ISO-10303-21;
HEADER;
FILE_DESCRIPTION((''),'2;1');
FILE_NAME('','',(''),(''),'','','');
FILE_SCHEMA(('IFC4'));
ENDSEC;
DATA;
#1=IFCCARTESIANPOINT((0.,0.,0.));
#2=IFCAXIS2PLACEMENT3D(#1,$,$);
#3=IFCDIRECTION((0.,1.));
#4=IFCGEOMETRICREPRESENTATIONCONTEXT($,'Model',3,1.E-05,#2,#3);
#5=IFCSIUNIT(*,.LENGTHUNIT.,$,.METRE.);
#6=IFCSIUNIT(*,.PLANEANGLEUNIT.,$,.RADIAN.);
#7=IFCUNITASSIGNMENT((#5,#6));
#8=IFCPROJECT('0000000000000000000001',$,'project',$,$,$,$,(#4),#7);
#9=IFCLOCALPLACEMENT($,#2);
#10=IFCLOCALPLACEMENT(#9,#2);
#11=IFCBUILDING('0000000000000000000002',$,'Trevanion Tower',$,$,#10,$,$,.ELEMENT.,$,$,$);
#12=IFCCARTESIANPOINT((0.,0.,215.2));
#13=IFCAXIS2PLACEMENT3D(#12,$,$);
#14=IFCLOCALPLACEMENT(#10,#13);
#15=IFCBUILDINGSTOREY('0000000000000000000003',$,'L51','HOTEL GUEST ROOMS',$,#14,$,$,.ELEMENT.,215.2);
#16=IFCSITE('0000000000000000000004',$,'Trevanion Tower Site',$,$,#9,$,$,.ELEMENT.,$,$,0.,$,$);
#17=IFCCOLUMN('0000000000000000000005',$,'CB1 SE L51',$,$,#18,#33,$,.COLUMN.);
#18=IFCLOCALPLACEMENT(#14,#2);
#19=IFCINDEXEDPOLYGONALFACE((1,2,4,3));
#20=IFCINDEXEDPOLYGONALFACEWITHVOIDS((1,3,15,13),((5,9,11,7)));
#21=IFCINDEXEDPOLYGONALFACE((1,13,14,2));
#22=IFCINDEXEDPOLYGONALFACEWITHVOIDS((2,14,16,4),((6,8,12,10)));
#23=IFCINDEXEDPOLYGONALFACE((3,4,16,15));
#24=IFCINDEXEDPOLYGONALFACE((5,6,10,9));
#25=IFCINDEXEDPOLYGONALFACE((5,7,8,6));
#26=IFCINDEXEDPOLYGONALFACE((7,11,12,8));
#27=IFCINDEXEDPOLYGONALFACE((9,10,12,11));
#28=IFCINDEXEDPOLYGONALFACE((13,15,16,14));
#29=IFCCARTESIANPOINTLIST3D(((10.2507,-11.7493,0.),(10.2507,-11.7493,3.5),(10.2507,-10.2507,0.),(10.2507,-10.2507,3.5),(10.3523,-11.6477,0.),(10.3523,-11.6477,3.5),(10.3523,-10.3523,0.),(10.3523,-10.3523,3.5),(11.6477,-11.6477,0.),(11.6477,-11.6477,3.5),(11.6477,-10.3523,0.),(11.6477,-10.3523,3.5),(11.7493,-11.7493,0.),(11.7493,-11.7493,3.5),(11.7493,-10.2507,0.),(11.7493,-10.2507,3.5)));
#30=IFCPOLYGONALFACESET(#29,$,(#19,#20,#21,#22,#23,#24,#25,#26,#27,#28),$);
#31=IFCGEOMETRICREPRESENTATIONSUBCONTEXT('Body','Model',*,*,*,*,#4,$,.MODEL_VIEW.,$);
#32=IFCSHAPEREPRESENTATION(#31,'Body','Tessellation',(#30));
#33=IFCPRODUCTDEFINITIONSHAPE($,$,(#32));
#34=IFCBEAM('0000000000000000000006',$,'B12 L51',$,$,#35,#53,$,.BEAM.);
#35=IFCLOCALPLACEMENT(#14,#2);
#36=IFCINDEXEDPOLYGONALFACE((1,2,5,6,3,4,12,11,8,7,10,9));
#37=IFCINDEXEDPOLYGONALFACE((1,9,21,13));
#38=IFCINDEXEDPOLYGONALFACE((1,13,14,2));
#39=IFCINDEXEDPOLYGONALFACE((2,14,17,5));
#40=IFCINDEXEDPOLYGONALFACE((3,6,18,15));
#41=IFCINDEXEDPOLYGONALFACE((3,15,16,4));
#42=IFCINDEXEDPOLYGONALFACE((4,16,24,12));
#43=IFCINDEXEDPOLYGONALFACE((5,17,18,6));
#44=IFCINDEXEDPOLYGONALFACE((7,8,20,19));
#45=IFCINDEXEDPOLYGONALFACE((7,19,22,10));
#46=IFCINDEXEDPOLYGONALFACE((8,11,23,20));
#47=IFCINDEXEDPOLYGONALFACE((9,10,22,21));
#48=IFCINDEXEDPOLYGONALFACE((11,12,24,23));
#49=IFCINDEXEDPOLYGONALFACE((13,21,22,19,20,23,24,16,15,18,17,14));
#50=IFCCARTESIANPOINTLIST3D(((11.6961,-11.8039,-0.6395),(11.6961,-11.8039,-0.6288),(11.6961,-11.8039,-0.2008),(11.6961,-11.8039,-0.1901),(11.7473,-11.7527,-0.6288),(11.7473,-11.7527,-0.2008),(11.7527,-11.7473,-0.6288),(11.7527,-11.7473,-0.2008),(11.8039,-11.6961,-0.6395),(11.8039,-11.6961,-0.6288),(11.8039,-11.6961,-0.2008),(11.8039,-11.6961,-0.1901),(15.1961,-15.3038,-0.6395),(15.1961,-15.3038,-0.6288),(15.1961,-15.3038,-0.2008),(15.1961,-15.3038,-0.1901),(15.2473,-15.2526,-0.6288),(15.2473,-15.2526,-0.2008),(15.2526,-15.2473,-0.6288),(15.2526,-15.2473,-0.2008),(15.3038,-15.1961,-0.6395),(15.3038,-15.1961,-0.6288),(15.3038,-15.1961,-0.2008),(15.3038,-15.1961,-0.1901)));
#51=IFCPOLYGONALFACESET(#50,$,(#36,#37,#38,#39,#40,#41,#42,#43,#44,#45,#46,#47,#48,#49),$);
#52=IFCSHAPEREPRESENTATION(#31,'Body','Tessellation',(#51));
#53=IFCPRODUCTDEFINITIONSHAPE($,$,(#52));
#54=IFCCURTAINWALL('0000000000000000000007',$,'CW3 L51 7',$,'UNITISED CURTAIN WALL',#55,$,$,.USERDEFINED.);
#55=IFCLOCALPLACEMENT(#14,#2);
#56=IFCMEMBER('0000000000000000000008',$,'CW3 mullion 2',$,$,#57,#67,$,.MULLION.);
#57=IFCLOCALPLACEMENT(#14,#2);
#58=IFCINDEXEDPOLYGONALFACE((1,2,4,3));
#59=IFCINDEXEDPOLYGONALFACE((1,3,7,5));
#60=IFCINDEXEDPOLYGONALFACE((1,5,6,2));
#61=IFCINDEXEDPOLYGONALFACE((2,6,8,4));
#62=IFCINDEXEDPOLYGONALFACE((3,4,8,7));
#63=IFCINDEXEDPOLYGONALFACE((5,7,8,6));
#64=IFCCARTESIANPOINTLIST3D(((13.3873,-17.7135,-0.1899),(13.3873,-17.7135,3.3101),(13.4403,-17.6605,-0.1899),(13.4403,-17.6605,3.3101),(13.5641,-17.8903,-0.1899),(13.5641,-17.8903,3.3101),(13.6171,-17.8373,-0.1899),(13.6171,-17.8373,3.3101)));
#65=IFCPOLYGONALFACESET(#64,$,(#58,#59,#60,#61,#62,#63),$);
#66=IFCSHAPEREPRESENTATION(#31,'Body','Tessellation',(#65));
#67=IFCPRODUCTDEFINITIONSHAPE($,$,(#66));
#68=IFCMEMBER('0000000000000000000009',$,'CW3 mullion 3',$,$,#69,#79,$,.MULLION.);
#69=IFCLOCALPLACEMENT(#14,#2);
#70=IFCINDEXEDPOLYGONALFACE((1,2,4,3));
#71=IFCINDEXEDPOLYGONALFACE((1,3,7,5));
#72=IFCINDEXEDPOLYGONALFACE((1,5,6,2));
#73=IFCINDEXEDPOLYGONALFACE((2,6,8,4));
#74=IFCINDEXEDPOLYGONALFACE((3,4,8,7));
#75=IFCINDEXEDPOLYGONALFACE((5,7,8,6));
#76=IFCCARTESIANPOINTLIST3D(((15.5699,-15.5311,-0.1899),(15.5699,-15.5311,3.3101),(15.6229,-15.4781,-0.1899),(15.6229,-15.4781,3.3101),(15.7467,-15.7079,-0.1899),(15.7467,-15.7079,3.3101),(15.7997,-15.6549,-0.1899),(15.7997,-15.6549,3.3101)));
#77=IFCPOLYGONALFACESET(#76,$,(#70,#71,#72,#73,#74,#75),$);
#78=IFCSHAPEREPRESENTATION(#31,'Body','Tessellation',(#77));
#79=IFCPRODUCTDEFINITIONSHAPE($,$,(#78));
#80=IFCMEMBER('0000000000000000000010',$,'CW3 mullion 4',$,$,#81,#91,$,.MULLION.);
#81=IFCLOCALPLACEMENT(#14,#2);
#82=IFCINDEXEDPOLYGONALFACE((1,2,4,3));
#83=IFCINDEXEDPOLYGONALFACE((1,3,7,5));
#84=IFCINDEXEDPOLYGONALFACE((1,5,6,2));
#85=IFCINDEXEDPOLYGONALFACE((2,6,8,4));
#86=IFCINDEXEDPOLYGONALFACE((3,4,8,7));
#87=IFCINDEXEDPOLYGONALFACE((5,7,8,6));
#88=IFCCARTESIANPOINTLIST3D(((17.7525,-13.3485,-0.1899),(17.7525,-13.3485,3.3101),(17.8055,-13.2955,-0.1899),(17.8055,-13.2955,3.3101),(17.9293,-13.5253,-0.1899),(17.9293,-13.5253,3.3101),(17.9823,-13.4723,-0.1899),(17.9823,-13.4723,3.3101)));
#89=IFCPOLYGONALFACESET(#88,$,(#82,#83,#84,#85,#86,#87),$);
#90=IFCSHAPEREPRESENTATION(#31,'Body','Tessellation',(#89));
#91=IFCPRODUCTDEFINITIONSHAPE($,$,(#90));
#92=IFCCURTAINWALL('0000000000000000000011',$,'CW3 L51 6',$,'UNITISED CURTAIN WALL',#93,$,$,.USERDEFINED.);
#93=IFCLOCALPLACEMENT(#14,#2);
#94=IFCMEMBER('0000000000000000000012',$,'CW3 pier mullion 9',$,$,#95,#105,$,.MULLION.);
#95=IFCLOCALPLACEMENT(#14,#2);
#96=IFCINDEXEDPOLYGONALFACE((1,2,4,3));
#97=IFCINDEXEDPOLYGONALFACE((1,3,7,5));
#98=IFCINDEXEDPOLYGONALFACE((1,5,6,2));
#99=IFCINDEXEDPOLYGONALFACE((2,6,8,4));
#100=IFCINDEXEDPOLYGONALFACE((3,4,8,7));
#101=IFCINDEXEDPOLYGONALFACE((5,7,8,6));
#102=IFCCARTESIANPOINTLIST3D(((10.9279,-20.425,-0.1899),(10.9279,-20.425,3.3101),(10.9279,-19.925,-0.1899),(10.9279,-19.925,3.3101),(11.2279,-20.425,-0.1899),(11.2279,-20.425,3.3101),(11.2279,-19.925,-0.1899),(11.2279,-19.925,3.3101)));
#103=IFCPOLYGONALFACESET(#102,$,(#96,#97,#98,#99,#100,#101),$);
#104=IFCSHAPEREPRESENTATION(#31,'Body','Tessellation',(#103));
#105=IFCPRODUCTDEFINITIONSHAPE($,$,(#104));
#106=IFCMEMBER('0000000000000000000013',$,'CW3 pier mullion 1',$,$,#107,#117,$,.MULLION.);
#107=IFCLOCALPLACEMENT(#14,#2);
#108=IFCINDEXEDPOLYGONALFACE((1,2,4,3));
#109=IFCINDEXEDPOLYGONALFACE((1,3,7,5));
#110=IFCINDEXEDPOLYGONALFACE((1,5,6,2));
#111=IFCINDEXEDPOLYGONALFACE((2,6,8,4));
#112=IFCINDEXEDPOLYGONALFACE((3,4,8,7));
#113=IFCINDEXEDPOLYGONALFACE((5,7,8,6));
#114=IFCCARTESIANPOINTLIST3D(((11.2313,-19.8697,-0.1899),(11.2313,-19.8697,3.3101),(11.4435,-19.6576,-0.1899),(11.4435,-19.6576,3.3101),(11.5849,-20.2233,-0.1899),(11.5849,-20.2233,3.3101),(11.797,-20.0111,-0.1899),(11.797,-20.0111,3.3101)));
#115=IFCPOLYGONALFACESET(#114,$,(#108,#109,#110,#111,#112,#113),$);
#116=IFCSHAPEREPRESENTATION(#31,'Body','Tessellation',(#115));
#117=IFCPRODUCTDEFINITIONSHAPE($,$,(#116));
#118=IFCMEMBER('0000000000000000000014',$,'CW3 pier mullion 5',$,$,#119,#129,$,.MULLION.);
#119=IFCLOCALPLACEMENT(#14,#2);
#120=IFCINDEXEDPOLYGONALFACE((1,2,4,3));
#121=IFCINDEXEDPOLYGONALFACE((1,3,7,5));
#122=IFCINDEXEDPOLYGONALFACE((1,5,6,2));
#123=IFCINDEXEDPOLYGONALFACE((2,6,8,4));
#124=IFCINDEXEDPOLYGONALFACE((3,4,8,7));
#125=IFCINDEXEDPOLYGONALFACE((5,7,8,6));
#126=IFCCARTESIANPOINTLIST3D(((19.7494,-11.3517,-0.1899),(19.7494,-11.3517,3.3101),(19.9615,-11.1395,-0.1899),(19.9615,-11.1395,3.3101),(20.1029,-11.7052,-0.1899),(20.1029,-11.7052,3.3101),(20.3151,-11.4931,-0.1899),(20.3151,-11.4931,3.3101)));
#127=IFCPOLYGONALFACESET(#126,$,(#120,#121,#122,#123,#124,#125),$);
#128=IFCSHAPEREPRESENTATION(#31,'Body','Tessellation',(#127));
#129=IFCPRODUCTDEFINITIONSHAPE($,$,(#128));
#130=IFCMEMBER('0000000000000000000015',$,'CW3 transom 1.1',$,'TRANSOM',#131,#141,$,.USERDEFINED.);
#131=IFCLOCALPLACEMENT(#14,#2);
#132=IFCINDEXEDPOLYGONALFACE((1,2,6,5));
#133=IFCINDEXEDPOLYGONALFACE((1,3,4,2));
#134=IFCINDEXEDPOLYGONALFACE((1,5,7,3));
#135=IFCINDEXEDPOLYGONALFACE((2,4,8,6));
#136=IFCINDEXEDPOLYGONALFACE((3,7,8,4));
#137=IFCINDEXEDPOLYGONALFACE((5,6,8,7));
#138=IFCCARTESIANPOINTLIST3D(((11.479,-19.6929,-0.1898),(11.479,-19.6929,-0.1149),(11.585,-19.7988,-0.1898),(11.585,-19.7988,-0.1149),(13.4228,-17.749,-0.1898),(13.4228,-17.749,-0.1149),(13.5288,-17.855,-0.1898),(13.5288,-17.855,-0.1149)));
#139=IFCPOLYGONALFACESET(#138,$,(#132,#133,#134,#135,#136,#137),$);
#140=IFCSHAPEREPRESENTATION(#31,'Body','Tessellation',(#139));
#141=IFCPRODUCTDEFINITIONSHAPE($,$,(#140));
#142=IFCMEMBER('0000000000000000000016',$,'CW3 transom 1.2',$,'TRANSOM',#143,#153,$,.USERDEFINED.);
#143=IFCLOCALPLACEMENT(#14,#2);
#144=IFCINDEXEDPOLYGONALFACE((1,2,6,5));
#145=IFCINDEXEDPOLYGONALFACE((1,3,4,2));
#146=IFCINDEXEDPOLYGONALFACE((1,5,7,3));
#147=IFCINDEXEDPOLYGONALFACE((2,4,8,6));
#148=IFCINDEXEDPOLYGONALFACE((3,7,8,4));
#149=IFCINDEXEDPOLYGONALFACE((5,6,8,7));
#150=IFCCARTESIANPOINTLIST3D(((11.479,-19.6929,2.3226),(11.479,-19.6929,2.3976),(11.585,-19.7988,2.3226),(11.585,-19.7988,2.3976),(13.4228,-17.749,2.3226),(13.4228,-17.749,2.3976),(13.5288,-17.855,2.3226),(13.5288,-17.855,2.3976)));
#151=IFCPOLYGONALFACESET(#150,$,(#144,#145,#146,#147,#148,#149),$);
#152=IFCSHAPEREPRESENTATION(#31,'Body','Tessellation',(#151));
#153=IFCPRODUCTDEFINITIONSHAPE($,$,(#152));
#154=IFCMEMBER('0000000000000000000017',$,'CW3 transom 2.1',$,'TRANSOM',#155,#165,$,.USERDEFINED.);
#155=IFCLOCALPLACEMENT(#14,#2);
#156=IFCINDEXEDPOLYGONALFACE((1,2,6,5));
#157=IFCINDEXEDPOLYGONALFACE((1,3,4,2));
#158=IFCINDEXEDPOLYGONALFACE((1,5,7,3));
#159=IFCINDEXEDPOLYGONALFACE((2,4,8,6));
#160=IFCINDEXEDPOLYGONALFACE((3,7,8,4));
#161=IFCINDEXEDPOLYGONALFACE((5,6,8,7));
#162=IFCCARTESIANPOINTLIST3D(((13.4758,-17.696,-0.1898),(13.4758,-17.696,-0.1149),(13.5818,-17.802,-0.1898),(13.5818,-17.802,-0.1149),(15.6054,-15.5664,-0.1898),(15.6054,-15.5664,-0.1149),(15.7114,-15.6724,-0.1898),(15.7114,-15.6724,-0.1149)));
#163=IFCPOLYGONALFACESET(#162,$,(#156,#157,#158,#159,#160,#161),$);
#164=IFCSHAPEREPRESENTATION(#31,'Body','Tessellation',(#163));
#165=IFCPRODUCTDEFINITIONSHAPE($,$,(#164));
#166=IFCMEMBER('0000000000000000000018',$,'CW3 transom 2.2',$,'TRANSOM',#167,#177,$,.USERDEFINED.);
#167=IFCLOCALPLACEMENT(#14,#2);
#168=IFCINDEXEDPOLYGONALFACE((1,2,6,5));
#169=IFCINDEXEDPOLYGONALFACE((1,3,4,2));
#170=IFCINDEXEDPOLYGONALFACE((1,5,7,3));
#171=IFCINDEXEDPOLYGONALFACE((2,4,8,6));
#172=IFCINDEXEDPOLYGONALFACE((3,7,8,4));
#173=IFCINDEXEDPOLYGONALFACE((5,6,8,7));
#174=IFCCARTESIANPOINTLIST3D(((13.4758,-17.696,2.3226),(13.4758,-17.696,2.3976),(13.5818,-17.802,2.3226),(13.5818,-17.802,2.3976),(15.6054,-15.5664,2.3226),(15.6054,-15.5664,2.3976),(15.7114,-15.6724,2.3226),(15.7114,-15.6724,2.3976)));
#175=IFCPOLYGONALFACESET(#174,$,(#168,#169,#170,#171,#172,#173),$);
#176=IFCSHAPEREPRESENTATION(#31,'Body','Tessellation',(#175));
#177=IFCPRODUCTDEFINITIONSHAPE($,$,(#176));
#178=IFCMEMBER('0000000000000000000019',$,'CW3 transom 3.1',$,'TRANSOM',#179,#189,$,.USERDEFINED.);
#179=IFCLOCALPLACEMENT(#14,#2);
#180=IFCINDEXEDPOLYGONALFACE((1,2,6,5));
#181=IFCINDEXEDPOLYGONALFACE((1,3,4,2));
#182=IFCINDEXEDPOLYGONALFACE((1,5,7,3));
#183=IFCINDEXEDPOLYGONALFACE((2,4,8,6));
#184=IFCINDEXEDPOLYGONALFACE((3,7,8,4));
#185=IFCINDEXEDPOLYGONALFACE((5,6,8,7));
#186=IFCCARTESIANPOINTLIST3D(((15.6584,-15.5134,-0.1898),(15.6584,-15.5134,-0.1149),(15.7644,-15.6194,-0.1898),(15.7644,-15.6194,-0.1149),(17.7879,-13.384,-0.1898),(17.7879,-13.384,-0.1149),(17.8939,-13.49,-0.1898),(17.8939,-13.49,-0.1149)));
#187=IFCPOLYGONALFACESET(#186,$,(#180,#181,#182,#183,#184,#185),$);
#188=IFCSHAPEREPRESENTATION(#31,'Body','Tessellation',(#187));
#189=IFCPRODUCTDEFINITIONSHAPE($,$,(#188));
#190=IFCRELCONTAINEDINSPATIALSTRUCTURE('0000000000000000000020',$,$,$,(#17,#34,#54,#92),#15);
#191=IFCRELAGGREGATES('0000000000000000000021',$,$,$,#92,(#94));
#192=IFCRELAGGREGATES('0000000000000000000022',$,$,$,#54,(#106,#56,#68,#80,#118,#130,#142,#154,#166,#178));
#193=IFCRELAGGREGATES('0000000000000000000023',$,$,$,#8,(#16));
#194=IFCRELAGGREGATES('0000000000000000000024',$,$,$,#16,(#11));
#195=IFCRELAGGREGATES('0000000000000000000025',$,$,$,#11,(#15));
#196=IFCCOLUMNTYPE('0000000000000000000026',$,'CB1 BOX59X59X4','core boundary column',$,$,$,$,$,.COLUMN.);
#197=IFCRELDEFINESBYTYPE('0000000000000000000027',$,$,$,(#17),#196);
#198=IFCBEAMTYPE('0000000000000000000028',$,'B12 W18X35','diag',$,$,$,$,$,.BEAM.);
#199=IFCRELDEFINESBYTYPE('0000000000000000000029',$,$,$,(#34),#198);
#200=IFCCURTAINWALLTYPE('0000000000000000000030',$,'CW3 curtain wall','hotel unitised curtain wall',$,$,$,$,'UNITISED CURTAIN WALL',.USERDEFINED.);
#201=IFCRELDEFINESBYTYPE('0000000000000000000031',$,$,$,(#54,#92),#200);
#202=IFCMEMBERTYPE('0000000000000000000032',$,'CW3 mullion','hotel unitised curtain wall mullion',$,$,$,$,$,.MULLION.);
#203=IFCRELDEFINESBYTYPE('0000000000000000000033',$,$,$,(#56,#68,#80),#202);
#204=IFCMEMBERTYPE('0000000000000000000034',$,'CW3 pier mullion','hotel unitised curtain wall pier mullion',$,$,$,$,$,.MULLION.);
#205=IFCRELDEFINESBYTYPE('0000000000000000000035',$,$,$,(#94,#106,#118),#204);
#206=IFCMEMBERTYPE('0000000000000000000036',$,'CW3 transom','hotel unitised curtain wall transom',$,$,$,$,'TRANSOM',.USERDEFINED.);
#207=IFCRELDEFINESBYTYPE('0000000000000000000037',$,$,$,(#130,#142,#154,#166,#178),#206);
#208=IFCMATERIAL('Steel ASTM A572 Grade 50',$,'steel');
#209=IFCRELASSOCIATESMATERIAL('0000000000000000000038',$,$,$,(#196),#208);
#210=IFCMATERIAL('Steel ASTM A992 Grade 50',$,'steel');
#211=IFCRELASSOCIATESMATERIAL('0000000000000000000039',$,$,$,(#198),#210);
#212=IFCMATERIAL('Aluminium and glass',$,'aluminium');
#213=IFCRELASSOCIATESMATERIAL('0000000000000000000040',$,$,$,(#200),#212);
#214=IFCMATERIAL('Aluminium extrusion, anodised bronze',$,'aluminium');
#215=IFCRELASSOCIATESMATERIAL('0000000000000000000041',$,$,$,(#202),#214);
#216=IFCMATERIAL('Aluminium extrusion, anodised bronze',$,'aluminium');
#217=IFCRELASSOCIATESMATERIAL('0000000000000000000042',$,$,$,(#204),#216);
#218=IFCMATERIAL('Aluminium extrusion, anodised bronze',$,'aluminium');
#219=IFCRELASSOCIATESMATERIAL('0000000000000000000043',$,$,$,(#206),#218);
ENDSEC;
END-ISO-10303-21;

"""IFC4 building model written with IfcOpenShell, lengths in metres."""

from ifc_helpers import new_model, si_unit, direction, frame, origin, origin_2d, place, context, subcontext, project, spatial, rectangle, hollow_rectangle, i_section, extrude, material, material_profile, profile_set, type_object, element, aggregate, save


model = new_model("IFC4")

# Units and contexts
model_context = context("Model", 3, precision=1e-05, world=origin(), true_north=direction((0.0, 1.0)))
body_context = subcontext(model_context, "Body", "Model", "MODEL_VIEW")
ifc_project = project(units=[si_unit("LENGTHUNIT", "METRE"), si_unit("PLANEANGLEUNIT", "RADIAN")], contexts=[model_context])

# Site, building, storey
site_placement = place(None, origin())
site = spatial("IfcSite", under=ifc_project, at=site_placement, Name="Trevanion Tower Site", CompositionType="ELEMENT", RefElevation=0.0)
building_placement = place(site_placement, origin())
building = spatial("IfcBuilding", under=site, at=building_placement, Name="Trevanion Tower", CompositionType="ELEMENT")
storey_placement = place(building_placement, frame((0.0, 0.0, 215.2)))
storey = spatial("IfcBuildingStorey", under=building, at=storey_placement, Name="L51", Description="HOTEL GUEST ROOMS", CompositionType="ELEMENT", Elevation=215.2)

# Column
ifc_material_1 = material(Name="Steel ASTM A572 Grade 50", Category="steel")
ifc_material_profile_1 = material_profile(ifc_material_1, hollow_rectangle(XDim=1.4985, YDim=1.4985, WallThickness=0.1016, at=origin_2d()), Name="BOX59X59X4")
ifc_profile_set_1 = profile_set([ifc_material_profile_1], Name="Steel ASTM A572 Grade 50")
column_type = type_object("IfcColumnType", Name="CB1 BOX59X59X4", Description="core boundary column", PredefinedType="COLUMN", material=ifc_profile_set_1)
column_placement = place(storey_placement, frame((11.0, -11.0, 0.0), z_axis=(0.0, 0.0, 1.0), x_axis=(1.0, 0.0, 0.0)))
element("IfcColumn", 1, at=column_placement, inside=storey, type_object=column_type, Name="CB1 SE L51", PredefinedType="COLUMN", context=body_context, shape_type="SweptSolid", body=[
    extrude(hollow_rectangle(XDim=1.4985, YDim=1.4985, WallThickness=0.1016, at=origin_2d()), origin(), (0.0, 0.0, 1.0), 3.5),
])

# Beam
ifc_material_2 = material(Name="Steel ASTM A992 Grade 50", Category="steel")
ifc_material_profile_2 = material_profile(ifc_material_2, i_section(OverallWidth=0.1523, OverallDepth=0.4495, WebThickness=0.0076, FlangeThickness=0.0107, at=origin_2d()), Name="W18X35")
ifc_profile_set_2 = profile_set([ifc_material_profile_2], Name="Steel ASTM A992 Grade 50")
beam_type_1 = type_object("IfcBeamType", Name="B12 W18X35", Description="diag", PredefinedType="BEAM", material=ifc_profile_set_2)
beam_1_placement = place(storey_placement, frame((11.75, -11.75, -0.4148), z_axis=(0.707107, -0.707107, 0.0), x_axis=(0.707107, 0.707107, 0.0)))
element("IfcBeam", 2, at=beam_1_placement, inside=storey, type_object=beam_type_1, Name="B12 L51", PredefinedType="BEAM", context=body_context, shape_type="SweptSolid", body=[
    extrude(i_section(OverallWidth=0.1523, OverallDepth=0.4495, WebThickness=0.0076, FlangeThickness=0.0107, at=origin_2d()), origin(), (0.0, 0.0, 1.0), 4.9497),
])

# Curtain wall, members
ifc_material_3 = material(Name="Aluminium and glass", Category="aluminium")
curtain_wall_type = type_object("IfcCurtainWallType", Name="CW3 curtain wall", Description="hotel unitised curtain wall", ElementType="UNITISED CURTAIN WALL", PredefinedType="USERDEFINED", material=ifc_material_3)
curtain_wall_1_placement = place(storey_placement, origin())
curtain_wall_1 = element("IfcCurtainWall", 3, at=curtain_wall_1_placement, inside=storey, type_object=curtain_wall_type, Name="CW3 L51 7", ObjectType="UNITISED CURTAIN WALL", PredefinedType="USERDEFINED")
ifc_material_4 = material(Name="Aluminium extrusion, anodised bronze", Category="aluminium")
ifc_material_profile_3 = material_profile(ifc_material_4, rectangle(XDim=0.075, YDim=0.25, at=origin_2d()), Name="CW3 mullion")
ifc_profile_set_3 = profile_set([ifc_material_profile_3], Name="Aluminium extrusion, anodised bronze")
member_type_1 = type_object("IfcMemberType", Name="CW3 mullion", Description="hotel unitised curtain wall mullion", PredefinedType="MULLION", material=ifc_profile_set_3)
member_1_placement = place(storey_placement, frame((13.5022, -17.7754, -0.1899), z_axis=(0.0, 0.0, 1.0), x_axis=(0.707107, 0.707107, 0.0)))
member_1 = element("IfcMember", 4, at=member_1_placement, type_object=member_type_1, Name="CW3 mullion 2", PredefinedType="MULLION", context=body_context, shape_type="SweptSolid", body=[
    extrude(rectangle(XDim=0.075, YDim=0.25, at=origin_2d()), origin(), (0.0, 0.0, 1.0), 3.5),
])
member_2_placement = place(storey_placement, frame((15.6848, -15.593, -0.1899), z_axis=(0.0, 0.0, 1.0), x_axis=(0.707107, 0.707107, 0.0)))
member_2 = element("IfcMember", 5, at=member_2_placement, type_object=member_type_1, Name="CW3 mullion 3", PredefinedType="MULLION", context=body_context, shape_type="SweptSolid", body=[
    extrude(rectangle(XDim=0.075, YDim=0.25, at=origin_2d()), origin(), (0.0, 0.0, 1.0), 3.5),
])
member_3_placement = place(storey_placement, frame((17.8674, -13.4104, -0.1899), z_axis=(0.0, 0.0, 1.0), x_axis=(0.707107, 0.707107, 0.0)))
member_3 = element("IfcMember", 6, at=member_3_placement, type_object=member_type_1, Name="CW3 mullion 4", PredefinedType="MULLION", context=body_context, shape_type="SweptSolid", body=[
    extrude(rectangle(XDim=0.075, YDim=0.25, at=origin_2d()), origin(), (0.0, 0.0, 1.0), 3.5),
])

# Curtain wall, member
curtain_wall_2_placement = place(storey_placement, origin())
curtain_wall_2 = element("IfcCurtainWall", 7, at=curtain_wall_2_placement, inside=storey, type_object=curtain_wall_type, Name="CW3 L51 6", ObjectType="UNITISED CURTAIN WALL", PredefinedType="USERDEFINED")
ifc_material_5 = material(Name="Aluminium extrusion, anodised bronze", Category="aluminium")
ifc_material_profile_4 = material_profile(ifc_material_5, rectangle(XDim=0.3, YDim=0.5, at=origin_2d()), Name="CW3 pier mullion")
ifc_profile_set_4 = profile_set([ifc_material_profile_4], Name="Aluminium extrusion, anodised bronze")
member_type_2 = type_object("IfcMemberType", Name="CW3 pier mullion", Description="hotel unitised curtain wall pier mullion", PredefinedType="MULLION", material=ifc_profile_set_4)
member_4_placement = place(storey_placement, frame((11.0779, -20.175, -0.1899), z_axis=(0.0, 0.0, 1.0), x_axis=(1.0, 0.0, 0.0)))
member_4 = element("IfcMember", 8, at=member_4_placement, type_object=member_type_2, Name="CW3 pier mullion 9", PredefinedType="MULLION", context=body_context, shape_type="SweptSolid", body=[
    extrude(rectangle(XDim=0.3, YDim=0.5, at=origin_2d()), origin(), (0.0, 0.0, 1.0), 3.5),
])
aggregate(curtain_wall_2, [member_4])

# Members
member_5_placement = place(storey_placement, frame((11.5142, -19.9404, -0.1899), z_axis=(0.0, 0.0, 1.0), x_axis=(0.707107, 0.707107, 0.0)))
member_5 = element("IfcMember", 9, at=member_5_placement, type_object=member_type_2, Name="CW3 pier mullion 1", PredefinedType="MULLION", context=body_context, shape_type="SweptSolid", body=[
    extrude(rectangle(XDim=0.3, YDim=0.5, at=origin_2d()), origin(), (0.0, 0.0, 1.0), 3.5),
])
member_6_placement = place(storey_placement, frame((20.0322, -11.4224, -0.1899), z_axis=(0.0, 0.0, 1.0), x_axis=(0.707107, 0.707107, 0.0)))
member_6 = element("IfcMember", 10, at=member_6_placement, type_object=member_type_2, Name="CW3 pier mullion 5", PredefinedType="MULLION", context=body_context, shape_type="SweptSolid", body=[
    extrude(rectangle(XDim=0.3, YDim=0.5, at=origin_2d()), origin(), (0.0, 0.0, 1.0), 3.5),
])
ifc_material_6 = material(Name="Aluminium extrusion, anodised bronze", Category="aluminium")
ifc_material_profile_5 = material_profile(ifc_material_6, rectangle(XDim=0.1499, YDim=0.075, at=origin_2d()), Name="CW3 transom")
ifc_profile_set_5 = profile_set([ifc_material_profile_5], Name="Aluminium extrusion, anodised bronze")
member_type_3 = type_object("IfcMemberType", Name="CW3 transom", Description="hotel unitised curtain wall transom", ElementType="TRANSOM", PredefinedType="USERDEFINED", material=ifc_profile_set_5)
member_7_placement = place(storey_placement, frame((11.532, -19.7458, -0.1523), z_axis=(0.707107, 0.707107, 0.0), x_axis=(-0.707107, 0.707107, 0.0)))
member_7 = element("IfcMember", 11, at=member_7_placement, type_object=member_type_3, Name="CW3 transom 1.1", ObjectType="TRANSOM", PredefinedType="USERDEFINED", context=body_context, shape_type="SweptSolid", body=[
    extrude(rectangle(XDim=0.1499, YDim=0.075, at=origin_2d()), origin(), (0.0, 0.0, 1.0), 2.749),
])
member_8_placement = place(storey_placement, frame((11.532, -19.7458, 2.3601), z_axis=(0.707107, 0.707107, 0.0), x_axis=(-0.707107, 0.707107, 0.0)))
member_8 = element("IfcMember", 12, at=member_8_placement, type_object=member_type_3, Name="CW3 transom 1.2", ObjectType="TRANSOM", PredefinedType="USERDEFINED", context=body_context, shape_type="SweptSolid", body=[
    extrude(rectangle(XDim=0.1499, YDim=0.075, at=origin_2d()), origin(), (0.0, 0.0, 1.0), 2.749),
])
member_9_placement = place(storey_placement, frame((13.5288, -17.749, -0.1523), z_axis=(0.707107, 0.707107, 0.0), x_axis=(-0.707107, 0.707107, 0.0)))
member_9 = element("IfcMember", 13, at=member_9_placement, type_object=member_type_3, Name="CW3 transom 2.1", ObjectType="TRANSOM", PredefinedType="USERDEFINED", context=body_context, shape_type="SweptSolid", body=[
    extrude(rectangle(XDim=0.1499, YDim=0.075, at=origin_2d()), origin(), (0.0, 0.0, 1.0), 3.0117),
])
member_10_placement = place(storey_placement, frame((13.5288, -17.749, 2.3601), z_axis=(0.707107, 0.707107, 0.0), x_axis=(-0.707107, 0.707107, 0.0)))
member_10 = element("IfcMember", 14, at=member_10_placement, type_object=member_type_3, Name="CW3 transom 2.2", ObjectType="TRANSOM", PredefinedType="USERDEFINED", context=body_context, shape_type="SweptSolid", body=[
    extrude(rectangle(XDim=0.1499, YDim=0.075, at=origin_2d()), origin(), (0.0, 0.0, 1.0), 3.0117),
])
member_11_placement = place(storey_placement, frame((15.7114, -15.5664, -0.1523), z_axis=(0.707107, 0.707107, 0.0), x_axis=(-0.707107, 0.707107, 0.0)))
member_11 = element("IfcMember", 15, at=member_11_placement, type_object=member_type_3, Name="CW3 transom 3.1", ObjectType="TRANSOM", PredefinedType="USERDEFINED", context=body_context, shape_type="SweptSolid", body=[
    extrude(rectangle(XDim=0.1499, YDim=0.075, at=origin_2d()), origin(), (0.0, 0.0, 1.0), 3.0115),
])

aggregate(curtain_wall_1, [member_5, member_1, member_2, member_3, member_6, member_7, member_8, member_9, member_10, member_11])

save(model, "model.ifc")
